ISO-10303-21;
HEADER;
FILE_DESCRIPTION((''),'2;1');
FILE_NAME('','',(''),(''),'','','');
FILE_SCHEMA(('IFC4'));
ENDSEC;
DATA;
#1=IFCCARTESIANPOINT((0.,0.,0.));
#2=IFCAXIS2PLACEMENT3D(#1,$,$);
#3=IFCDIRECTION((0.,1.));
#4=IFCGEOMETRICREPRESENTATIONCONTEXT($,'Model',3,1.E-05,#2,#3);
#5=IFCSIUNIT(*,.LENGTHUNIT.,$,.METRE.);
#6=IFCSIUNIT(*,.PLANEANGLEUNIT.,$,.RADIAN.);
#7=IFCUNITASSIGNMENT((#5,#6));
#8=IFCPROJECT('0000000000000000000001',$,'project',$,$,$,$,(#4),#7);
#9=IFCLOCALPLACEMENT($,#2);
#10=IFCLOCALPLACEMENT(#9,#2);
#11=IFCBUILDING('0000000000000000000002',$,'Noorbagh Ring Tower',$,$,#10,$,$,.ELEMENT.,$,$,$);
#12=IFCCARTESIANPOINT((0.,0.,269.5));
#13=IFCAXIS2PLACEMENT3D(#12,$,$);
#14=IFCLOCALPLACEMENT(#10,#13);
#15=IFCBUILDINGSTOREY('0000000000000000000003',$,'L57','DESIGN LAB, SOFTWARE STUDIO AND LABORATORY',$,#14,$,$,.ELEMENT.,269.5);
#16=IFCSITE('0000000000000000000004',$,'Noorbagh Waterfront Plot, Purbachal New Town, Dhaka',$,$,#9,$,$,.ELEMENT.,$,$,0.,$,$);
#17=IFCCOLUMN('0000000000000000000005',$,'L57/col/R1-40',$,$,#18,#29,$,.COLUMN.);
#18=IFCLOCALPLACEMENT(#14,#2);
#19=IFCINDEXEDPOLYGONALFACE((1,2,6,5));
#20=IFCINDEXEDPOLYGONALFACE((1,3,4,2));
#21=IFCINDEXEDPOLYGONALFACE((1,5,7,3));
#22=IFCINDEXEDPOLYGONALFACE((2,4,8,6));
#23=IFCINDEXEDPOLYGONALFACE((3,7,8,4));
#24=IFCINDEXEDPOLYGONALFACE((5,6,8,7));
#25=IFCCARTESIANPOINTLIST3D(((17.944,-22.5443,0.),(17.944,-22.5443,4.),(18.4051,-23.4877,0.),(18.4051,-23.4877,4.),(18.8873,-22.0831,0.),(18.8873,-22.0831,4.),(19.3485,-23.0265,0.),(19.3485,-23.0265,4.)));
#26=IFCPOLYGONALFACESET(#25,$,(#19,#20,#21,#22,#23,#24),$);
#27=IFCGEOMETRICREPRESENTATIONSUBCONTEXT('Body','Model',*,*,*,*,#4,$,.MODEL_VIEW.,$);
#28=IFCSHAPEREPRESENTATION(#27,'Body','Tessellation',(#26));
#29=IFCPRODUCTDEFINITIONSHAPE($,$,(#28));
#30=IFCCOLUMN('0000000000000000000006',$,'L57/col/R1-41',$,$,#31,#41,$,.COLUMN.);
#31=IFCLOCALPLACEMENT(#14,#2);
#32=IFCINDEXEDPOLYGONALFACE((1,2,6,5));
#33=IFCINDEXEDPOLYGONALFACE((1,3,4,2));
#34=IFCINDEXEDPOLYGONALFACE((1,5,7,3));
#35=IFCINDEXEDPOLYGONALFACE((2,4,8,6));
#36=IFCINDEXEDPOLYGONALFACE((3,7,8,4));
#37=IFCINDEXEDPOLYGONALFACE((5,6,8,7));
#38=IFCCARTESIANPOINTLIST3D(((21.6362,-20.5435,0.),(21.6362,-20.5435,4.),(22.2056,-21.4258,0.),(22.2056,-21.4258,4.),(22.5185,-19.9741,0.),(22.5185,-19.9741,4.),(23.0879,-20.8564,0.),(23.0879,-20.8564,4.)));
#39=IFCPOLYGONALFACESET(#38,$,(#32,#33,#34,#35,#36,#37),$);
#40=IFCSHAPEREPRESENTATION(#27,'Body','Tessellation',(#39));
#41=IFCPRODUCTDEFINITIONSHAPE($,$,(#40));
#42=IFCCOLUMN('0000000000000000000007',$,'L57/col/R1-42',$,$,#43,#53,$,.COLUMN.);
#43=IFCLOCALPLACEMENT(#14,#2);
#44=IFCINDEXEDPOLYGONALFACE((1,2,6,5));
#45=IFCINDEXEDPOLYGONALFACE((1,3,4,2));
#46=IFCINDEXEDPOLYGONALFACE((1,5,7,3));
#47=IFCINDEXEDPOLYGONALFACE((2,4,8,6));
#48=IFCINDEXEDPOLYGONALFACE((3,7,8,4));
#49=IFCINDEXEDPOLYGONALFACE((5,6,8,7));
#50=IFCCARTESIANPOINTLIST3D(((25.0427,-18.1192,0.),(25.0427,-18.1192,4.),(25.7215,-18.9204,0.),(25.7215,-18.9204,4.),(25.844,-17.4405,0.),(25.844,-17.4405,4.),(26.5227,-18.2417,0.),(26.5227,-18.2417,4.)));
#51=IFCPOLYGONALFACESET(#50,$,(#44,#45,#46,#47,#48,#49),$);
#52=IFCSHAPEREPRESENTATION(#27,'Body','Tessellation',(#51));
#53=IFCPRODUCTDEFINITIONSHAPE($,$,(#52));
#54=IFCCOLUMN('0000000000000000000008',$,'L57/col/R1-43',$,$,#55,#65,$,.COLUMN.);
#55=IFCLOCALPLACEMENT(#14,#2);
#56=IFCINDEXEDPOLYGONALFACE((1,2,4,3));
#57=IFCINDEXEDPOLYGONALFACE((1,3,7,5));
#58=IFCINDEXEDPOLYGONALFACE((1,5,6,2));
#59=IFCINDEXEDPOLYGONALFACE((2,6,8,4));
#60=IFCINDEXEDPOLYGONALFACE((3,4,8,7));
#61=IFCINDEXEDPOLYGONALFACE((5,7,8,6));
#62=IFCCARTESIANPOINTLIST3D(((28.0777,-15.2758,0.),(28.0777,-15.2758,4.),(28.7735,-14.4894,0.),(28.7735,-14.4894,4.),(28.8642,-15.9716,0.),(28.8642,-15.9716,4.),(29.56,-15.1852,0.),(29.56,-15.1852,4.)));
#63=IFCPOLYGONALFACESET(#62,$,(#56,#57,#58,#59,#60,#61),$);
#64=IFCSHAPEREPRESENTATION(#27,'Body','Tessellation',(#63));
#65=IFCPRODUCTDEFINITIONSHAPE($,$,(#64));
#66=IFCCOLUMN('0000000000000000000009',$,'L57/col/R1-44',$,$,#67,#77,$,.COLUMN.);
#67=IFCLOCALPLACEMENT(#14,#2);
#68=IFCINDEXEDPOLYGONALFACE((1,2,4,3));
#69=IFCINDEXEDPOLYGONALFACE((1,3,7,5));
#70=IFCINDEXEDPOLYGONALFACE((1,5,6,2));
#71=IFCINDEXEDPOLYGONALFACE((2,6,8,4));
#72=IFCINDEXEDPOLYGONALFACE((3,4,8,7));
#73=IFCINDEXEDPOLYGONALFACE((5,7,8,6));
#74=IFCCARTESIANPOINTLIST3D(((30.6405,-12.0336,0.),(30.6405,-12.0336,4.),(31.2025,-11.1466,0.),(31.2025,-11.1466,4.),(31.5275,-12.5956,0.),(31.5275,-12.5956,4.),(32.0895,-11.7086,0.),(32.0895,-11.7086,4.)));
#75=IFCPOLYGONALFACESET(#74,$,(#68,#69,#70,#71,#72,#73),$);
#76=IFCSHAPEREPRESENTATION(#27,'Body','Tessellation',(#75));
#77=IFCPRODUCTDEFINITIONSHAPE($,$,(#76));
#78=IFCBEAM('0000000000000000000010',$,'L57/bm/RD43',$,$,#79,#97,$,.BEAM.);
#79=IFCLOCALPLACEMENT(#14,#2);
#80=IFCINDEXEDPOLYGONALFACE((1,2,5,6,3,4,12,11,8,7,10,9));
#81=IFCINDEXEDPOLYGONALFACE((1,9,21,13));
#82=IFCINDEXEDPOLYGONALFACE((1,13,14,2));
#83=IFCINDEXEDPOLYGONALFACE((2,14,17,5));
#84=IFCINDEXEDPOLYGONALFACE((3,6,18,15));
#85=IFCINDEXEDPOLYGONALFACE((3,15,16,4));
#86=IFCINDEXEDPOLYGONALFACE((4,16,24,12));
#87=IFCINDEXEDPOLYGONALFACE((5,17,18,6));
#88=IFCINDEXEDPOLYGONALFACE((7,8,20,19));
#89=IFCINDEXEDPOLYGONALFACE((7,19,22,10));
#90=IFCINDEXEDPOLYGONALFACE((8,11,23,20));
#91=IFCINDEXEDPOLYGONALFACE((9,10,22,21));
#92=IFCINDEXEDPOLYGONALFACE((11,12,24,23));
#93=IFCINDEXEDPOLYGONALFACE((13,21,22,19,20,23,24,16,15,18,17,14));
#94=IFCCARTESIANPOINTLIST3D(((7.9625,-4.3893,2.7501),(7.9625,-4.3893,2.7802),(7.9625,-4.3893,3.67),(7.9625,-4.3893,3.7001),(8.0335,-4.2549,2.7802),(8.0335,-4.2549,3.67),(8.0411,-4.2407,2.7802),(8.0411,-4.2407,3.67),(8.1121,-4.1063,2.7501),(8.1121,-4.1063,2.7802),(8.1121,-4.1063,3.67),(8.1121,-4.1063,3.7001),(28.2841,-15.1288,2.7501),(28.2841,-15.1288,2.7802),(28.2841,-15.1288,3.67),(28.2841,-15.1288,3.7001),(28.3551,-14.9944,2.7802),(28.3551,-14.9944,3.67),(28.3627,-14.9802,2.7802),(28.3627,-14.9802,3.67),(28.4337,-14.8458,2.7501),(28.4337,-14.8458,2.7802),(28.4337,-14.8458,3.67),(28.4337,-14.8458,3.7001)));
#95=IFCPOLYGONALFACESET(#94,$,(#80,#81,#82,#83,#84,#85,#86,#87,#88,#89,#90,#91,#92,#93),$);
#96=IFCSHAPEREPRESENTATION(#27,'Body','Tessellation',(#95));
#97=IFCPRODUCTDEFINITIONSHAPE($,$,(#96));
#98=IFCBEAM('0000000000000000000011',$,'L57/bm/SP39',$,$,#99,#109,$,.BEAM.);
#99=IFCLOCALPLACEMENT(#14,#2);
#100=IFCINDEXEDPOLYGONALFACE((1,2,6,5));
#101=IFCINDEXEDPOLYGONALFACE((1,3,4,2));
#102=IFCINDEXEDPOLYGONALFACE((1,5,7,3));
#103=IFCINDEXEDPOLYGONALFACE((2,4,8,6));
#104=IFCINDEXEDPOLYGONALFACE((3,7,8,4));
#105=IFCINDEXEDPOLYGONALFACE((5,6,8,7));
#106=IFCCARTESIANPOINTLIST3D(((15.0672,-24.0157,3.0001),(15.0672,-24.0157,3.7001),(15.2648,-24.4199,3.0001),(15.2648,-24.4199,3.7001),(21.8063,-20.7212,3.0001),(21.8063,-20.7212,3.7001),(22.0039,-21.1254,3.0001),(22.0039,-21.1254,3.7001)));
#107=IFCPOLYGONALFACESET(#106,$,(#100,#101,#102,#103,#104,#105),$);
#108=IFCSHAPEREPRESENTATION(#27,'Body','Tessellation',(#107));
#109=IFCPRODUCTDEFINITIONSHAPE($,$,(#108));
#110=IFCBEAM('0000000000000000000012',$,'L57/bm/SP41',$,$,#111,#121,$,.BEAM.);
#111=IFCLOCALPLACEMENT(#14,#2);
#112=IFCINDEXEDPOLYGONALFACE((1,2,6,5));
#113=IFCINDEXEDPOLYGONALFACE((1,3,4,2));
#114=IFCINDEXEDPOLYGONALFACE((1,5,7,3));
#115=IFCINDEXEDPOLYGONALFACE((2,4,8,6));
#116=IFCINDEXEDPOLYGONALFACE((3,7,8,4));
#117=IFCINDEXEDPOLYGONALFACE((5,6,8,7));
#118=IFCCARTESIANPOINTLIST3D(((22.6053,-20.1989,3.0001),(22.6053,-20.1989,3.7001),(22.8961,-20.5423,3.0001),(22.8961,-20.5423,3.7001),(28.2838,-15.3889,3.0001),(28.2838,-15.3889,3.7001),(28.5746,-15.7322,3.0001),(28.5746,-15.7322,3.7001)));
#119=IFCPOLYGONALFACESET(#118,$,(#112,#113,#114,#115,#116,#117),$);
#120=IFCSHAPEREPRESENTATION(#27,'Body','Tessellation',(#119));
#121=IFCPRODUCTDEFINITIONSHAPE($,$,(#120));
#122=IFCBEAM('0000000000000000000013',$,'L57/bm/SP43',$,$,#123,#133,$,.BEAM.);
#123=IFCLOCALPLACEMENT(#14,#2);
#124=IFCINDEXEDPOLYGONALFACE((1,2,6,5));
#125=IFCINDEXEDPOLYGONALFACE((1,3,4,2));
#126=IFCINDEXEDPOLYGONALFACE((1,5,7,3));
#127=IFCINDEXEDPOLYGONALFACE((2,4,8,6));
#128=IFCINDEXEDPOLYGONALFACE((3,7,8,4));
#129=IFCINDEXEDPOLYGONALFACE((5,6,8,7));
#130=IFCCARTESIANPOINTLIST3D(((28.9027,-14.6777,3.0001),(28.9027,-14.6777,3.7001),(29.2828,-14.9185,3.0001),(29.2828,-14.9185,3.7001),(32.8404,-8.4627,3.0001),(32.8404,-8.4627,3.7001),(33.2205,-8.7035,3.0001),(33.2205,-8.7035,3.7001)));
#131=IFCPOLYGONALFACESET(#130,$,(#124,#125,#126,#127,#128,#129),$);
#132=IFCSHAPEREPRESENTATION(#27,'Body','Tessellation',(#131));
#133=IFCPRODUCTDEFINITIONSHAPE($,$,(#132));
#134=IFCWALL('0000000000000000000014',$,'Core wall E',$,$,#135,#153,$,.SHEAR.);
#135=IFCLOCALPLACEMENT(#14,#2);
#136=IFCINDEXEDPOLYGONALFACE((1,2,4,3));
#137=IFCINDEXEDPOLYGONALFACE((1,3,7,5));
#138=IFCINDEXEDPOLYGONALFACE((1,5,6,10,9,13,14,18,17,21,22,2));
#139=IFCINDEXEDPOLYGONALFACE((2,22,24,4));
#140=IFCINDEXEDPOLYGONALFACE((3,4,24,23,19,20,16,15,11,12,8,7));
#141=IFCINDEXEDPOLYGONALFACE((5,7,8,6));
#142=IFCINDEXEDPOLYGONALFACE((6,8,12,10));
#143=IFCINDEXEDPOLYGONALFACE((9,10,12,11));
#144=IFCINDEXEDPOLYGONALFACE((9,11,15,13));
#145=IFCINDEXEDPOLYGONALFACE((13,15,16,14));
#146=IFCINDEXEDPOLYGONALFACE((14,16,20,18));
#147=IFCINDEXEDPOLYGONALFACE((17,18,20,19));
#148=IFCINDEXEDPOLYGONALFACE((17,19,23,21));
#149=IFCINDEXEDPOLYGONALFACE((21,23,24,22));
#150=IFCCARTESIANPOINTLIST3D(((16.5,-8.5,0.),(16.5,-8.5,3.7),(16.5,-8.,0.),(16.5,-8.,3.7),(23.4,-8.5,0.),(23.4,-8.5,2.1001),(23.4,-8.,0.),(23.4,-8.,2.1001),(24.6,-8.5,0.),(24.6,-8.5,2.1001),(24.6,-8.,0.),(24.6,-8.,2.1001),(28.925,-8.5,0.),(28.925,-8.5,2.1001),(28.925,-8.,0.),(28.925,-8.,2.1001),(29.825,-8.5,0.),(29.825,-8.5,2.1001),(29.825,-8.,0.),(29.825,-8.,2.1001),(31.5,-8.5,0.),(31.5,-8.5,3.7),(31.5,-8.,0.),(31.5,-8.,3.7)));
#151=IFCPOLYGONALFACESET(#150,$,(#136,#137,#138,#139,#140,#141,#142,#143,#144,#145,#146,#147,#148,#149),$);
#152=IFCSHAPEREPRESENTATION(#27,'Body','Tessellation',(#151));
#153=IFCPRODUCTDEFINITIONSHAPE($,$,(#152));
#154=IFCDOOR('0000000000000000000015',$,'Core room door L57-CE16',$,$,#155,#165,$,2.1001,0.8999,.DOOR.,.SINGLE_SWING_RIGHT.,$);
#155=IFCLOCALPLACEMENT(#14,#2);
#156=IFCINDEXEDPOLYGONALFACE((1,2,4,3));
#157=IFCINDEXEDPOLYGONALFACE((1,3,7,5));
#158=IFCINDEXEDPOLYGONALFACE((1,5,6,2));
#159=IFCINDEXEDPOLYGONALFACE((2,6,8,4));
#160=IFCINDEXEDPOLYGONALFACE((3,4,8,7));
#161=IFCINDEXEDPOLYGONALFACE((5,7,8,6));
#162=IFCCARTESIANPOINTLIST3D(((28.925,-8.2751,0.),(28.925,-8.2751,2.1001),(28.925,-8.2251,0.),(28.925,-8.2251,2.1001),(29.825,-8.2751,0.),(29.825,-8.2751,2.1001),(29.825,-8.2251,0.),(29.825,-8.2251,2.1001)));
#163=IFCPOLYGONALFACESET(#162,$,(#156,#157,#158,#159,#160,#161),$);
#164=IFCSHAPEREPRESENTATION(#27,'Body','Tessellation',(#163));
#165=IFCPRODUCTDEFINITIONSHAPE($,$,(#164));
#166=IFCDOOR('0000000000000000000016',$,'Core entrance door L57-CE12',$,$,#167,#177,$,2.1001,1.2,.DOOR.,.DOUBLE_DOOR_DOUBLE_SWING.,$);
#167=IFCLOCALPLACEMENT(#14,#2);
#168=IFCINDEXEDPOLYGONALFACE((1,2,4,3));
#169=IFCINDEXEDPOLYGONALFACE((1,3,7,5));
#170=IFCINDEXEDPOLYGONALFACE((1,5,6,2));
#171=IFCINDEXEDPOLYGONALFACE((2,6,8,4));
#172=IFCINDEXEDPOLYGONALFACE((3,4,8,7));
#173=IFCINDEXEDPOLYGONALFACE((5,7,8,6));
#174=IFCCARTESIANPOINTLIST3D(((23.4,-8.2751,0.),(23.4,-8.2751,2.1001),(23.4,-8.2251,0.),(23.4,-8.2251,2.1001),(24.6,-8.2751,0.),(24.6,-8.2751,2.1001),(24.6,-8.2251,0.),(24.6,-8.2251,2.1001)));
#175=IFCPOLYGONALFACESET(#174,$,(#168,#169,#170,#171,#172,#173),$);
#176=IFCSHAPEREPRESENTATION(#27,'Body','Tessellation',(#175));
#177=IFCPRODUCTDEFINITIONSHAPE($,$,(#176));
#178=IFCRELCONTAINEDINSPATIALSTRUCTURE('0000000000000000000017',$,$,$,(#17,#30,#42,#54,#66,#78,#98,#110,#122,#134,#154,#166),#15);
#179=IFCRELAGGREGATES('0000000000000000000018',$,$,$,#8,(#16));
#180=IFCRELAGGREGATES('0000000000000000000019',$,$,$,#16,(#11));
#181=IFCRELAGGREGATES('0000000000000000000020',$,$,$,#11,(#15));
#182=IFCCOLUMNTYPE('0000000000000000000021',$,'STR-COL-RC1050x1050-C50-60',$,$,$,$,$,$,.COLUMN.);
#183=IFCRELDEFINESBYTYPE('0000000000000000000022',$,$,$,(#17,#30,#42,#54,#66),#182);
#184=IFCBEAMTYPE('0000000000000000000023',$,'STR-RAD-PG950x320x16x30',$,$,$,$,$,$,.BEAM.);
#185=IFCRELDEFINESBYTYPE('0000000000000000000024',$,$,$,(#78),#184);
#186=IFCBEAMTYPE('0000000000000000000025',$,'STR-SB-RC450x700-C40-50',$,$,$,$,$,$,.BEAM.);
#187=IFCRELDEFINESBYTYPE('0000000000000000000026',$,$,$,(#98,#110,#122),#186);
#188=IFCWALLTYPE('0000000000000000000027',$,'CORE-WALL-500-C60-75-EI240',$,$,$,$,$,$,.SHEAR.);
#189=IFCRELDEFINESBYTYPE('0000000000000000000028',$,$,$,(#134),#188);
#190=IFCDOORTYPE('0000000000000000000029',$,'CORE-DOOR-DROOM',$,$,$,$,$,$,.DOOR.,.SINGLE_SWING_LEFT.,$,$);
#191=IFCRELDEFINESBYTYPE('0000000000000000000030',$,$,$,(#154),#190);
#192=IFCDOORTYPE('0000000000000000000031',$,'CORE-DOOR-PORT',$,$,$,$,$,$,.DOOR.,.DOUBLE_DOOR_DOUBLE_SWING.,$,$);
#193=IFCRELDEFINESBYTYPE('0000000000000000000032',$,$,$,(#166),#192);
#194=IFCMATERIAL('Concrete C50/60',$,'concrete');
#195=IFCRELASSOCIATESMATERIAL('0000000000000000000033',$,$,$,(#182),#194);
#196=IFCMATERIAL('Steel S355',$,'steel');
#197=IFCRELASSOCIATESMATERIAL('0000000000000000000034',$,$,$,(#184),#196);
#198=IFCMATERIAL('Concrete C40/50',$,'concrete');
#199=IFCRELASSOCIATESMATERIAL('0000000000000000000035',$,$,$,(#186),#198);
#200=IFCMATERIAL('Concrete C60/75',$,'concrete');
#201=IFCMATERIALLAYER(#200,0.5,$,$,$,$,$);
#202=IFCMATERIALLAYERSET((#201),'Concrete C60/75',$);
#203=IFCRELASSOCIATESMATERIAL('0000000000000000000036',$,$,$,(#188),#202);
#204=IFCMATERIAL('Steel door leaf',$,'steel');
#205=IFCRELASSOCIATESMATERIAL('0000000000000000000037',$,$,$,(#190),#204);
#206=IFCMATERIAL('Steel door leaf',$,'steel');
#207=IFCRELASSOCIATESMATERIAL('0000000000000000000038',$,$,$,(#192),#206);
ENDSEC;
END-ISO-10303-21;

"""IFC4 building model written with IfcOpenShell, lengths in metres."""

from ifc_helpers import new_model, si_unit, direction, frame, frame_2d, origin, origin_2d, place, context, subcontext, project, spatial, rectangle, i_section, extrude, material, layer, layer_set, material_profile, profile_set, type_object, element, fill, save


model = new_model("IFC4")

# Units and contexts
model_context = context("Model", 3, precision=1e-05, world=origin(), true_north=direction((0.0, 1.0)))
body_context = subcontext(model_context, "Body", "Model", "MODEL_VIEW")
ifc_project = project(units=[si_unit("LENGTHUNIT", "METRE"), si_unit("PLANEANGLEUNIT", "RADIAN")], contexts=[model_context])

# Site, building, storey
site_placement = place(None, origin())
site = spatial("IfcSite", under=ifc_project, at=site_placement, Name="Noorbagh Waterfront Plot, Purbachal New Town, Dhaka", CompositionType="ELEMENT", RefElevation=0.0)
building_placement = place(site_placement, origin())
building = spatial("IfcBuilding", under=site, at=building_placement, Name="Noorbagh Ring Tower", CompositionType="ELEMENT")
storey_placement = place(building_placement, frame((0.0, 0.0, 269.5)))
storey = spatial("IfcBuildingStorey", under=building, at=storey_placement, Name="L57", Description="DESIGN LAB, SOFTWARE STUDIO AND LABORATORY", CompositionType="ELEMENT", Elevation=269.5)

# Columns
ifc_material_1 = material(Name="Concrete C50/60", Category="concrete")
ifc_material_profile_1 = material_profile(ifc_material_1, rectangle(XDim=1.05, YDim=1.05, at=origin_2d()), Name="RC1050x1050")
ifc_profile_set_1 = profile_set([ifc_material_profile_1], Name="Concrete C50/60")
column_type = type_object("IfcColumnType", Name="STR-COL-RC1050x1050-C50-60", PredefinedType="COLUMN", material=ifc_profile_set_1)
for number, where, z_axis, x_axis, name in (
    (1, (18.6462, -22.7854, 0.0), (0.0, 0.0, 1.0), (0.898399, 0.43918, 0.0), "L57/col/R1-40"),
    (2, (22.3621, -20.7, 0.0), (0.0, 0.0, 1.0), (0.840248, 0.542203, 0.0), "L57/col/R1-41"),
    (3, (25.7827, -18.1804, 0.0), (0.0, 0.0, 1.0), (0.763035, 0.646357, 0.0), "L57/col/R1-42"),
    (4, (28.8188, -15.2305, 0.0), (0.0, 0.0, 1.0), (0.662636, 0.748942, 0.0), "L57/col/R1-43"),
    (5, (31.365, -11.8711, 0.0), (0.0, 0.0, 1.0), (0.53519, 0.844731, 0.0), "L57/col/R1-44"),
):
    element("IfcColumn", number, at=place(storey_placement, frame(where, z_axis=z_axis, x_axis=x_axis)), inside=storey, type_object=column_type, Name=name, PredefinedType="COLUMN", context=body_context, shape_type="SweptSolid", body=[
        extrude(rectangle(XDim=1.05, YDim=1.05, at=origin_2d()), origin(), (0.0, 0.0, 1.0), 4.0),
    ])

# Beams
ifc_material_2 = material(Name="Steel S355", Category="steel")
ifc_material_profile_2 = material_profile(ifc_material_2, i_section(OverallWidth=0.3201, OverallDepth=0.95, WebThickness=0.0161, FlangeThickness=0.03, at=origin_2d()), Name="PG950x320x16x30")
ifc_profile_set_2 = profile_set([ifc_material_profile_2], Name="Steel S355")
beam_type_1 = type_object("IfcBeamType", Name="STR-RAD-PG950x320x16x30", PredefinedType="BEAM", material=ifc_profile_set_2)
beam_1_placement = place(storey_placement, frame((28.3589, -14.9873, 3.2251), z_axis=(-0.884129, 0.467243, 0.0), x_axis=(-0.467243, -0.884129, 0.0)))
element("IfcBeam", 6, at=beam_1_placement, inside=storey, type_object=beam_type_1, Name="L57/bm/RD43", PredefinedType="BEAM", context=body_context, shape_type="SweptSolid", body=[
    extrude(i_section(OverallWidth=0.3201, OverallDepth=0.95, WebThickness=0.0161, FlangeThickness=0.03, at=origin_2d()), origin(), (0.0, 0.0, 1.0), 22.9849),
])
ifc_material_3 = material(Name="Concrete C40/50", Category="concrete")
ifc_material_profile_3 = material_profile(ifc_material_3, rectangle(XDim=0.45, YDim=0.7, at=origin_2d()), Name="RC450x700")
ifc_profile_set_3 = profile_set([ifc_material_profile_3], Name="Concrete C40/50")
beam_type_2 = type_object("IfcBeamType", Name="STR-SB-RC450x700-C40-50", PredefinedType="BEAM", material=ifc_profile_set_3)
beam_2_placement = place(storey_placement, frame((15.166, -24.2178, 3.3501), z_axis=(0.898395, 0.439189, 0.0), x_axis=(-0.439189, 0.898395, 0.0)))
element("IfcBeam", 7, at=beam_2_placement, inside=storey, type_object=beam_type_2, Name="L57/bm/SP39", PredefinedType="BEAM", context=body_context, shape_type="SweptSolid", body=[
    extrude(rectangle(XDim=0.45, YDim=0.7, at=origin_2d()), origin(), (0.0, 0.0, 1.0), 7.5012),
])
beam_3_placement = place(storey_placement, frame((22.7507, -20.3706, 3.3501), z_axis=(0.763041, 0.64635, 0.0), x_axis=(-0.64635, 0.763041, 0.0)))
element("IfcBeam", 8, at=beam_3_placement, inside=storey, type_object=beam_type_2, Name="L57/bm/SP41", PredefinedType="BEAM", context=body_context, shape_type="SweptSolid", body=[
    extrude(rectangle(XDim=0.45, YDim=0.7, at=origin_2d()), origin(), (0.0, 0.0, 1.0), 7.4419),
])
beam_4_placement = place(storey_placement, frame((29.0928, -14.7981, 3.3501), z_axis=(0.5352, 0.844726, 0.0), x_axis=(-0.844726, 0.5352, 0.0)))
element("IfcBeam", 9, at=beam_4_placement, inside=storey, type_object=beam_type_2, Name="L57/bm/SP43", PredefinedType="BEAM", context=body_context, shape_type="SweptSolid", body=[
    extrude(rectangle(XDim=0.45, YDim=0.7, at=origin_2d()), origin(), (0.0, 0.0, 1.0), 7.3574),
])

# Wall, openings, doors
ifc_material_4 = material(Name="Concrete C60/75", Category="concrete")
ifc_layer_1 = layer(ifc_material_4, 0.5)
ifc_layer_set_1 = layer_set([ifc_layer_1], Name="Concrete C60/75")
wall_type_1 = type_object("IfcWallType", Name="CORE-WALL-500-C60-75-EI240", PredefinedType="SHEAR", material=ifc_layer_set_1)
wall_1_placement = place(storey_placement, frame((16.5, -8.25, 0.0), z_axis=(0.0, 0.0, 1.0), x_axis=(1.0, 0.0, 0.0)))
wall_1 = element("IfcWall", 10, at=wall_1_placement, inside=storey, type_object=wall_type_1, Name="Core wall E", PredefinedType="SHEAR", context=body_context, shape_type="SweptSolid", body=[
    extrude(rectangle(XDim=15.0, YDim=0.5, at=frame_2d((7.5, 0.0))), origin(), (0.0, 0.0, 1.0), 3.7),
])
opening_1_placement = place(wall_1_placement, frame((6.8999, 0.0, 0.0)))
opening_1 = element("IfcOpeningElement", 11, at=opening_1_placement, cuts=wall_1, PredefinedType="OPENING", context=body_context, shape_type="SweptSolid", body=[
    extrude(rectangle(XDim=1.2, YDim=2.1001, at=frame_2d((0.6001, 1.05))), frame((0.0, 0.26, 0.0), z_axis=(0.0, -1.0, 0.0), x_axis=(1.0, 0.0, 0.0)), (0.0, 0.0, 1.0), 0.52),
])
opening_2_placement = place(wall_1_placement, frame((12.425, 0.0, 0.0)))
opening_2 = element("IfcOpeningElement", 12, at=opening_2_placement, cuts=wall_1, PredefinedType="OPENING", context=body_context, shape_type="SweptSolid", body=[
    extrude(rectangle(XDim=0.8999, YDim=2.1001, at=frame_2d((0.45, 1.05))), frame((0.0, 0.26, 0.0), z_axis=(0.0, -1.0, 0.0), x_axis=(1.0, 0.0, 0.0)), (0.0, 0.0, 1.0), 0.52),
])
ifc_material_5 = material(Name="Steel door leaf", Category="steel")
door_type_1 = type_object("IfcDoorType", Name="CORE-DOOR-DROOM", OperationType="SINGLE_SWING_LEFT", PredefinedType="DOOR", material=ifc_material_5)
door_1_placement = place(opening_2_placement, origin())
door_1 = element("IfcDoor", 13, at=door_1_placement, inside=storey, type_object=door_type_1, Name="Core room door L57-CE16", OperationType="SINGLE_SWING_RIGHT", OverallHeight=2.1001, OverallWidth=0.8999, PredefinedType="DOOR", context=body_context, shape_type="SweptSolid", body=[
    extrude(rectangle(XDim=0.8999, YDim=2.1001, at=frame_2d((0.45, 1.05))), frame((0.0, 0.0249, 0.0), z_axis=(0.0, -1.0, 0.0), x_axis=(1.0, 0.0, 0.0)), (0.0, 0.0, 1.0), 0.05),
])
fill(opening_2, door_1)
ifc_material_6 = material(Name="Steel door leaf", Category="steel")
door_type_2 = type_object("IfcDoorType", Name="CORE-DOOR-PORT", OperationType="DOUBLE_DOOR_DOUBLE_SWING", PredefinedType="DOOR", material=ifc_material_6)
door_2_placement = place(opening_1_placement, origin())
door_2 = element("IfcDoor", 14, at=door_2_placement, inside=storey, type_object=door_type_2, Name="Core entrance door L57-CE12", OperationType="DOUBLE_DOOR_DOUBLE_SWING", OverallHeight=2.1001, OverallWidth=1.2, PredefinedType="DOOR", context=body_context, shape_type="SweptSolid", body=[
    extrude(rectangle(XDim=1.2, YDim=2.1001, at=frame_2d((0.6001, 1.05))), frame((0.0, 0.0249, 0.0), z_axis=(0.0, -1.0, 0.0), x_axis=(1.0, 0.0, 0.0)), (0.0, 0.0, 1.0), 0.05),
])
fill(opening_1, door_2)

save(model, "model.ifc")
